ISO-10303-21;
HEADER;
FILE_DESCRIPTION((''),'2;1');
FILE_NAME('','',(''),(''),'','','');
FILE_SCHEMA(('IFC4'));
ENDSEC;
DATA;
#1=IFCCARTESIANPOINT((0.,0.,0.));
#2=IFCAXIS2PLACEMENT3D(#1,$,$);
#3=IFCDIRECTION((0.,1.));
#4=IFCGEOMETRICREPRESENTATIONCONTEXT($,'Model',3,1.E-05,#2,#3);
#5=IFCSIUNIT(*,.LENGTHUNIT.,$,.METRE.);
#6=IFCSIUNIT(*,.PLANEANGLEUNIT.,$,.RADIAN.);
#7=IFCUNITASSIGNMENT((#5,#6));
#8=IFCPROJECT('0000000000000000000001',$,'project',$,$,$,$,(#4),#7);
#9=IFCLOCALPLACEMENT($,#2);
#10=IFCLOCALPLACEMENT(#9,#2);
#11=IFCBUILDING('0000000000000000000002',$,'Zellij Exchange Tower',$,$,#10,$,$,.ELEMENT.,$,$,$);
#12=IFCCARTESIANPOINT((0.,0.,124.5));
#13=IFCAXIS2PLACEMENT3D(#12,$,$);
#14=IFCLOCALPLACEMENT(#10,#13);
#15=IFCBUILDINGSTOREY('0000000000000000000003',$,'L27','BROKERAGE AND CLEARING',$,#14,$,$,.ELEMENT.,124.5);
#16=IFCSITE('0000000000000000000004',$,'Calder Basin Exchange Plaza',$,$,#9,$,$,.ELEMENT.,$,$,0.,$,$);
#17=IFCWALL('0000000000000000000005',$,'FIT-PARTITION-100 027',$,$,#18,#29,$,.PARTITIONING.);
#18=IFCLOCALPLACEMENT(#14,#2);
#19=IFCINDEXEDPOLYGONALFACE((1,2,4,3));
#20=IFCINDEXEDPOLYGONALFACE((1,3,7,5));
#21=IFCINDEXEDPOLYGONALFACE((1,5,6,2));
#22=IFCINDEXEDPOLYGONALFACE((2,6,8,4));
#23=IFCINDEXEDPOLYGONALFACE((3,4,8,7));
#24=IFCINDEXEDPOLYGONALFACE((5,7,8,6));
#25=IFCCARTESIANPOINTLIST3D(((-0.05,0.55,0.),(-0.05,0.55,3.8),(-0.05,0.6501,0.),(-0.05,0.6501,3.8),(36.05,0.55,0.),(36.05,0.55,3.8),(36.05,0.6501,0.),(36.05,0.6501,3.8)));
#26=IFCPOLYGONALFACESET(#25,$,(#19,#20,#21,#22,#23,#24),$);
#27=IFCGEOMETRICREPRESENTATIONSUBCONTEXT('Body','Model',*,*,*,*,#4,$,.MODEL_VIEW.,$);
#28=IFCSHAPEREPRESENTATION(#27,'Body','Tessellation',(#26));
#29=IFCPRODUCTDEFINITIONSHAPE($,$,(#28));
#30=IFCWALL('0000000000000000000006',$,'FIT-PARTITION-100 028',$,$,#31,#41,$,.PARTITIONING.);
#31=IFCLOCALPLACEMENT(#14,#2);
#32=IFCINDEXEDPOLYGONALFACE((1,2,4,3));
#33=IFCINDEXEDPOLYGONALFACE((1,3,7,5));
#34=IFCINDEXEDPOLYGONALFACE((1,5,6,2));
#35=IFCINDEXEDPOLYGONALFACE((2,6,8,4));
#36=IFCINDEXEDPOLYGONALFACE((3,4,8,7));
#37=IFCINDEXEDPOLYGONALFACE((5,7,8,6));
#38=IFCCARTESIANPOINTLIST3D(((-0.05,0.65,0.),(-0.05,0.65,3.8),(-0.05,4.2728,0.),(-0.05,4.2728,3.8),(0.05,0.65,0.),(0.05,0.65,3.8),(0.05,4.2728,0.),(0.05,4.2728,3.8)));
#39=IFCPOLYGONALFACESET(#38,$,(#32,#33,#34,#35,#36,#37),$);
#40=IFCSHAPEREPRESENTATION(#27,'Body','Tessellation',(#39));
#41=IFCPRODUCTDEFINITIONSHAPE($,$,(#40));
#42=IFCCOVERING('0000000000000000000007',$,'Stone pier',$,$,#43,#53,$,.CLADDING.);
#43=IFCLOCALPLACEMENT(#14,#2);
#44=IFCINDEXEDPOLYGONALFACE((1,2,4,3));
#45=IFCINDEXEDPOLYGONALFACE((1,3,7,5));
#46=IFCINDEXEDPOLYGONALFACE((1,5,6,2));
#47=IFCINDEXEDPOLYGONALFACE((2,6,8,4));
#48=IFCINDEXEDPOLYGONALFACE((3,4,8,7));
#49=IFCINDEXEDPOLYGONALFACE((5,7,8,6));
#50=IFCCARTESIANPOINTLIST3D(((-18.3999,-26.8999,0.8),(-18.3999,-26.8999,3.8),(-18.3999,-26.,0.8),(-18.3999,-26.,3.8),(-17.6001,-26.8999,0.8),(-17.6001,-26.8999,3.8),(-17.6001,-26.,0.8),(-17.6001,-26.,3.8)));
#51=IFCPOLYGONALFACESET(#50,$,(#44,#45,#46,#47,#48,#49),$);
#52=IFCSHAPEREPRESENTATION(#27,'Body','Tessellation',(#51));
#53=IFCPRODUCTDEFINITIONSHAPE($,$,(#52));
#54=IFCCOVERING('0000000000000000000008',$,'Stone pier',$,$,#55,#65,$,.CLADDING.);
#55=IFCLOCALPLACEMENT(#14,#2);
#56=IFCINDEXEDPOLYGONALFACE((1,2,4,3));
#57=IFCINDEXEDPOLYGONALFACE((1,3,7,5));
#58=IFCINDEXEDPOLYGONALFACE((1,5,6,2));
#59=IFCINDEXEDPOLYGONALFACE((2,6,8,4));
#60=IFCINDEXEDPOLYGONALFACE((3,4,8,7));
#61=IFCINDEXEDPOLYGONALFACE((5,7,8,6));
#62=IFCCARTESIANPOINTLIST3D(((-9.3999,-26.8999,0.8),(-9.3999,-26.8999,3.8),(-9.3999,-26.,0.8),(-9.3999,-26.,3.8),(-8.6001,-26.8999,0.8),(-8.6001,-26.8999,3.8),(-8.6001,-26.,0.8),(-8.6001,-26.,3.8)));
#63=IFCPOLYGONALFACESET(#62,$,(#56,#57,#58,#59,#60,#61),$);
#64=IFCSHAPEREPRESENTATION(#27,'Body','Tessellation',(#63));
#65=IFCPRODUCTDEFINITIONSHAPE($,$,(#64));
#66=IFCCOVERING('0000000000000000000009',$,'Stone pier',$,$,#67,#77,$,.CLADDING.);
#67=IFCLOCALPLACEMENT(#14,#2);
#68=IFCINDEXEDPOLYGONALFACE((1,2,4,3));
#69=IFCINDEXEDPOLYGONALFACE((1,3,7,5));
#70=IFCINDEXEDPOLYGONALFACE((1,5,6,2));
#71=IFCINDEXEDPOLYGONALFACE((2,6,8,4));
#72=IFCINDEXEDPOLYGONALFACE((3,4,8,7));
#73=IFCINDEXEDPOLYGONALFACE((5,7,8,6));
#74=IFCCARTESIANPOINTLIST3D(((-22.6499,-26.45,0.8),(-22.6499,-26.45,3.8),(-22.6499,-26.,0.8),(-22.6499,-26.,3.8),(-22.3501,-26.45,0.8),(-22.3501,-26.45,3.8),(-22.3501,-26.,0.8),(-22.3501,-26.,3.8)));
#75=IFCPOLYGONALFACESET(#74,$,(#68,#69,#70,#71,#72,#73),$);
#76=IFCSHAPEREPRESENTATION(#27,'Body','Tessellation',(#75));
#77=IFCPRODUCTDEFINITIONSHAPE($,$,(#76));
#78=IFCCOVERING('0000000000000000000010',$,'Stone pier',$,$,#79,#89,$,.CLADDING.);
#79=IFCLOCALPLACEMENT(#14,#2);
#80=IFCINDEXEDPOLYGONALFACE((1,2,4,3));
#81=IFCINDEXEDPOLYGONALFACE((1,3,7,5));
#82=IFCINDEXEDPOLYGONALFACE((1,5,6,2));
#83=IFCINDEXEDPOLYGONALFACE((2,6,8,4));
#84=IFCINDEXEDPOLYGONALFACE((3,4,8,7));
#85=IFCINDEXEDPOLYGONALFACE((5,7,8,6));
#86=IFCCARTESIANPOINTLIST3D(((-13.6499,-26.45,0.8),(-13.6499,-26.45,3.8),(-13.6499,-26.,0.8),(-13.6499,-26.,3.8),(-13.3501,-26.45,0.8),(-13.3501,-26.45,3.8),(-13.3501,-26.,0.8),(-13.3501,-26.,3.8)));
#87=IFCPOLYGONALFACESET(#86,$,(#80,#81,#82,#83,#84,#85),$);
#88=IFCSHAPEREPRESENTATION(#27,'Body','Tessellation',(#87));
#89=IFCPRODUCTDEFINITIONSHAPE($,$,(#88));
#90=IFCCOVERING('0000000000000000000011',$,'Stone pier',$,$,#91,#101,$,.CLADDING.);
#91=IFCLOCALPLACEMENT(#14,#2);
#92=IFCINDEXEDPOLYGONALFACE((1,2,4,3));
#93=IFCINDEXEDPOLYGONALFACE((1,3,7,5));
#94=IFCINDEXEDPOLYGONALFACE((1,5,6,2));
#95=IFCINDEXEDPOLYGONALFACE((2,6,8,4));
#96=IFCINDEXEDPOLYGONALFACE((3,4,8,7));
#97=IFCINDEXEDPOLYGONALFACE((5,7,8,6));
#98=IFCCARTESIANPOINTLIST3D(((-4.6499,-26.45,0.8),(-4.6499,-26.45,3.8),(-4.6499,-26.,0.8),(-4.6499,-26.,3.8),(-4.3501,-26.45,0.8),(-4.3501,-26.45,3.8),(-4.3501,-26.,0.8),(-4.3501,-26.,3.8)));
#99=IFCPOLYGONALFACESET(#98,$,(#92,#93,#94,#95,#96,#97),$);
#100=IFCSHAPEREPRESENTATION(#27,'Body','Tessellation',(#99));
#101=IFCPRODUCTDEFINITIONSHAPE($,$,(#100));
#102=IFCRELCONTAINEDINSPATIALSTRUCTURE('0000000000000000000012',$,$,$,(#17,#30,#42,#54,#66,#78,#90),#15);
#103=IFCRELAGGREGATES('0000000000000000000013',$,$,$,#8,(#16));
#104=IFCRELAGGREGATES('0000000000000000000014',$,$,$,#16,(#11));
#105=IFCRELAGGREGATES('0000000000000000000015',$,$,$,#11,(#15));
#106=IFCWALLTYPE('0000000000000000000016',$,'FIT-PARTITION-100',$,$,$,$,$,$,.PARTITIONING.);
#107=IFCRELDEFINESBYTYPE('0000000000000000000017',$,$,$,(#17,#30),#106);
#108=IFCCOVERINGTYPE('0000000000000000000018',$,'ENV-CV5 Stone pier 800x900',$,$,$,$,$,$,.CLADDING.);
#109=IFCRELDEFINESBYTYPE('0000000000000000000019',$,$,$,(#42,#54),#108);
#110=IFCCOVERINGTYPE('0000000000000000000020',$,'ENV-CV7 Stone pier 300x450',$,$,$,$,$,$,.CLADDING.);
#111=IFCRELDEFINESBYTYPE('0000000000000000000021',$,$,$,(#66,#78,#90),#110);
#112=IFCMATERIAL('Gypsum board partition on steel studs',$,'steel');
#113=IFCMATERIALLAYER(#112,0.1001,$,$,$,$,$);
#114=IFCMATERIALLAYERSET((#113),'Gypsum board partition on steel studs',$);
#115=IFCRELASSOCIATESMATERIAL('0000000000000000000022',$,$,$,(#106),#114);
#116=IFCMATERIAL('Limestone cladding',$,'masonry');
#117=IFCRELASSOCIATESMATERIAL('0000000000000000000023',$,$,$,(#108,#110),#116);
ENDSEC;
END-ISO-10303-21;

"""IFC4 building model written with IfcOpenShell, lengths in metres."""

from ifc_helpers import new_model, si_unit, direction, frame, frame_2d, origin, place, context, subcontext, project, spatial, polyline, rectangle, outline, extrude, material, layer, layer_set, type_object, element, save


model = new_model("IFC4")

# Units and contexts
model_context = context("Model", 3, precision=1e-05, world=origin(), true_north=direction((0.0, 1.0)))
body_context = subcontext(model_context, "Body", "Model", "MODEL_VIEW")
ifc_project = project(units=[si_unit("LENGTHUNIT", "METRE"), si_unit("PLANEANGLEUNIT", "RADIAN")], contexts=[model_context])

# Site, building, storey
site_placement = place(None, origin())
site = spatial("IfcSite", under=ifc_project, at=site_placement, Name="Calder Basin Exchange Plaza", CompositionType="ELEMENT", RefElevation=0.0)
building_placement = place(site_placement, origin())
building = spatial("IfcBuilding", under=site, at=building_placement, Name="Zellij Exchange Tower", CompositionType="ELEMENT")
storey_placement = place(building_placement, frame((0.0, 0.0, 124.5)))
storey = spatial("IfcBuildingStorey", under=building, at=storey_placement, Name="L27", Description="BROKERAGE AND CLEARING", CompositionType="ELEMENT", Elevation=124.5)

# Walls
ifc_material_1 = material(Name="Gypsum board partition on steel studs", Category="steel")
ifc_layer_1 = layer(ifc_material_1, 0.1001)
ifc_layer_set_1 = layer_set([ifc_layer_1], Name="Gypsum board partition on steel studs")
wall_type_1 = type_object("IfcWallType", Name="FIT-PARTITION-100", PredefinedType="PARTITIONING", material=ifc_layer_set_1)
wall_1_placement = place(storey_placement, frame((-0.05, 0.6001, 0.0), z_axis=(0.0, 0.0, 1.0), x_axis=(1.0, 0.0, 0.0)))
element("IfcWall", 1, at=wall_1_placement, inside=storey, type_object=wall_type_1, Name="FIT-PARTITION-100 027", PredefinedType="PARTITIONING", context=body_context, shape_type="SweptSolid", body=[
    extrude(rectangle(XDim=36.1001, YDim=0.1001, at=frame_2d((18.05, 0.0))), origin(), (0.0, 0.0, 1.0), 3.8),
])
wall_2_placement = place(storey_placement, frame((0.0, 0.6499, 0.0), z_axis=(0.0, 0.0, 1.0), x_axis=(0.0, 1.0, 0.0)))
element("IfcWall", 2, at=wall_2_placement, inside=storey, type_object=wall_type_1, Name="FIT-PARTITION-100 028", PredefinedType="PARTITIONING", context=body_context, shape_type="SweptSolid", body=[
    extrude(rectangle(XDim=3.6228, YDim=0.1001, at=frame_2d((1.8115, 0.0))), origin(), (0.0, 0.0, 1.0), 3.8),
])

# Coverings
ifc_material_2 = material(Name="Limestone cladding", Category="masonry")
covering_type_1 = type_object("IfcCoveringType", Name="ENV-CV5 Stone pier 800x900", PredefinedType="CLADDING", material=ifc_material_2)
covering_1_placement = place(storey_placement, frame((0.0, 0.0, 0.8)))
element("IfcCovering", 3, at=covering_1_placement, inside=storey, type_object=covering_type_1, Name="Stone pier", PredefinedType="CLADDING", context=body_context, shape_type="SweptSolid", body=[
    extrude(outline(polyline([(-18.3999, -26.0), (-17.6001, -26.0), (-17.6001, -26.8999), (-18.3999, -26.8999), (-18.3999, -26.0)])), origin(), (0.0, 0.0, 1.0), 3.0),
])
covering_2_placement = place(storey_placement, frame((0.0, 0.0, 0.8)))
element("IfcCovering", 4, at=covering_2_placement, inside=storey, type_object=covering_type_1, Name="Stone pier", PredefinedType="CLADDING", context=body_context, shape_type="SweptSolid", body=[
    extrude(outline(polyline([(-9.3999, -26.0), (-8.6001, -26.0), (-8.6001, -26.8999), (-9.3999, -26.8999), (-9.3999, -26.0)])), origin(), (0.0, 0.0, 1.0), 3.0),
])
covering_type_2 = type_object("IfcCoveringType", Name="ENV-CV7 Stone pier 300x450", PredefinedType="CLADDING", material=ifc_material_2)
covering_3_placement = place(storey_placement, frame((0.0, 0.0, 0.8)))
element("IfcCovering", 5, at=covering_3_placement, inside=storey, type_object=covering_type_2, Name="Stone pier", PredefinedType="CLADDING", context=body_context, shape_type="SweptSolid", body=[
    extrude(outline(polyline([(-22.6499, -26.0), (-22.3501, -26.0), (-22.3501, -26.45), (-22.6499, -26.45), (-22.6499, -26.0)])), origin(), (0.0, 0.0, 1.0), 3.0),
])
covering_4_placement = place(storey_placement, frame((0.0, 0.0, 0.8)))
element("IfcCovering", 6, at=covering_4_placement, inside=storey, type_object=covering_type_2, Name="Stone pier", PredefinedType="CLADDING", context=body_context, shape_type="SweptSolid", body=[
    extrude(outline(polyline([(-13.6499, -26.0), (-13.3501, -26.0), (-13.3501, -26.45), (-13.6499, -26.45), (-13.6499, -26.0)])), origin(), (0.0, 0.0, 1.0), 3.0),
])
covering_5_placement = place(storey_placement, frame((0.0, 0.0, 0.8)))
element("IfcCovering", 7, at=covering_5_placement, inside=storey, type_object=covering_type_2, Name="Stone pier", PredefinedType="CLADDING", context=body_context, shape_type="SweptSolid", body=[
    extrude(outline(polyline([(-4.6499, -26.0), (-4.3501, -26.0), (-4.3501, -26.45), (-4.6499, -26.45), (-4.6499, -26.0)])), origin(), (0.0, 0.0, 1.0), 3.0),
])

save(model, "model.ifc")
